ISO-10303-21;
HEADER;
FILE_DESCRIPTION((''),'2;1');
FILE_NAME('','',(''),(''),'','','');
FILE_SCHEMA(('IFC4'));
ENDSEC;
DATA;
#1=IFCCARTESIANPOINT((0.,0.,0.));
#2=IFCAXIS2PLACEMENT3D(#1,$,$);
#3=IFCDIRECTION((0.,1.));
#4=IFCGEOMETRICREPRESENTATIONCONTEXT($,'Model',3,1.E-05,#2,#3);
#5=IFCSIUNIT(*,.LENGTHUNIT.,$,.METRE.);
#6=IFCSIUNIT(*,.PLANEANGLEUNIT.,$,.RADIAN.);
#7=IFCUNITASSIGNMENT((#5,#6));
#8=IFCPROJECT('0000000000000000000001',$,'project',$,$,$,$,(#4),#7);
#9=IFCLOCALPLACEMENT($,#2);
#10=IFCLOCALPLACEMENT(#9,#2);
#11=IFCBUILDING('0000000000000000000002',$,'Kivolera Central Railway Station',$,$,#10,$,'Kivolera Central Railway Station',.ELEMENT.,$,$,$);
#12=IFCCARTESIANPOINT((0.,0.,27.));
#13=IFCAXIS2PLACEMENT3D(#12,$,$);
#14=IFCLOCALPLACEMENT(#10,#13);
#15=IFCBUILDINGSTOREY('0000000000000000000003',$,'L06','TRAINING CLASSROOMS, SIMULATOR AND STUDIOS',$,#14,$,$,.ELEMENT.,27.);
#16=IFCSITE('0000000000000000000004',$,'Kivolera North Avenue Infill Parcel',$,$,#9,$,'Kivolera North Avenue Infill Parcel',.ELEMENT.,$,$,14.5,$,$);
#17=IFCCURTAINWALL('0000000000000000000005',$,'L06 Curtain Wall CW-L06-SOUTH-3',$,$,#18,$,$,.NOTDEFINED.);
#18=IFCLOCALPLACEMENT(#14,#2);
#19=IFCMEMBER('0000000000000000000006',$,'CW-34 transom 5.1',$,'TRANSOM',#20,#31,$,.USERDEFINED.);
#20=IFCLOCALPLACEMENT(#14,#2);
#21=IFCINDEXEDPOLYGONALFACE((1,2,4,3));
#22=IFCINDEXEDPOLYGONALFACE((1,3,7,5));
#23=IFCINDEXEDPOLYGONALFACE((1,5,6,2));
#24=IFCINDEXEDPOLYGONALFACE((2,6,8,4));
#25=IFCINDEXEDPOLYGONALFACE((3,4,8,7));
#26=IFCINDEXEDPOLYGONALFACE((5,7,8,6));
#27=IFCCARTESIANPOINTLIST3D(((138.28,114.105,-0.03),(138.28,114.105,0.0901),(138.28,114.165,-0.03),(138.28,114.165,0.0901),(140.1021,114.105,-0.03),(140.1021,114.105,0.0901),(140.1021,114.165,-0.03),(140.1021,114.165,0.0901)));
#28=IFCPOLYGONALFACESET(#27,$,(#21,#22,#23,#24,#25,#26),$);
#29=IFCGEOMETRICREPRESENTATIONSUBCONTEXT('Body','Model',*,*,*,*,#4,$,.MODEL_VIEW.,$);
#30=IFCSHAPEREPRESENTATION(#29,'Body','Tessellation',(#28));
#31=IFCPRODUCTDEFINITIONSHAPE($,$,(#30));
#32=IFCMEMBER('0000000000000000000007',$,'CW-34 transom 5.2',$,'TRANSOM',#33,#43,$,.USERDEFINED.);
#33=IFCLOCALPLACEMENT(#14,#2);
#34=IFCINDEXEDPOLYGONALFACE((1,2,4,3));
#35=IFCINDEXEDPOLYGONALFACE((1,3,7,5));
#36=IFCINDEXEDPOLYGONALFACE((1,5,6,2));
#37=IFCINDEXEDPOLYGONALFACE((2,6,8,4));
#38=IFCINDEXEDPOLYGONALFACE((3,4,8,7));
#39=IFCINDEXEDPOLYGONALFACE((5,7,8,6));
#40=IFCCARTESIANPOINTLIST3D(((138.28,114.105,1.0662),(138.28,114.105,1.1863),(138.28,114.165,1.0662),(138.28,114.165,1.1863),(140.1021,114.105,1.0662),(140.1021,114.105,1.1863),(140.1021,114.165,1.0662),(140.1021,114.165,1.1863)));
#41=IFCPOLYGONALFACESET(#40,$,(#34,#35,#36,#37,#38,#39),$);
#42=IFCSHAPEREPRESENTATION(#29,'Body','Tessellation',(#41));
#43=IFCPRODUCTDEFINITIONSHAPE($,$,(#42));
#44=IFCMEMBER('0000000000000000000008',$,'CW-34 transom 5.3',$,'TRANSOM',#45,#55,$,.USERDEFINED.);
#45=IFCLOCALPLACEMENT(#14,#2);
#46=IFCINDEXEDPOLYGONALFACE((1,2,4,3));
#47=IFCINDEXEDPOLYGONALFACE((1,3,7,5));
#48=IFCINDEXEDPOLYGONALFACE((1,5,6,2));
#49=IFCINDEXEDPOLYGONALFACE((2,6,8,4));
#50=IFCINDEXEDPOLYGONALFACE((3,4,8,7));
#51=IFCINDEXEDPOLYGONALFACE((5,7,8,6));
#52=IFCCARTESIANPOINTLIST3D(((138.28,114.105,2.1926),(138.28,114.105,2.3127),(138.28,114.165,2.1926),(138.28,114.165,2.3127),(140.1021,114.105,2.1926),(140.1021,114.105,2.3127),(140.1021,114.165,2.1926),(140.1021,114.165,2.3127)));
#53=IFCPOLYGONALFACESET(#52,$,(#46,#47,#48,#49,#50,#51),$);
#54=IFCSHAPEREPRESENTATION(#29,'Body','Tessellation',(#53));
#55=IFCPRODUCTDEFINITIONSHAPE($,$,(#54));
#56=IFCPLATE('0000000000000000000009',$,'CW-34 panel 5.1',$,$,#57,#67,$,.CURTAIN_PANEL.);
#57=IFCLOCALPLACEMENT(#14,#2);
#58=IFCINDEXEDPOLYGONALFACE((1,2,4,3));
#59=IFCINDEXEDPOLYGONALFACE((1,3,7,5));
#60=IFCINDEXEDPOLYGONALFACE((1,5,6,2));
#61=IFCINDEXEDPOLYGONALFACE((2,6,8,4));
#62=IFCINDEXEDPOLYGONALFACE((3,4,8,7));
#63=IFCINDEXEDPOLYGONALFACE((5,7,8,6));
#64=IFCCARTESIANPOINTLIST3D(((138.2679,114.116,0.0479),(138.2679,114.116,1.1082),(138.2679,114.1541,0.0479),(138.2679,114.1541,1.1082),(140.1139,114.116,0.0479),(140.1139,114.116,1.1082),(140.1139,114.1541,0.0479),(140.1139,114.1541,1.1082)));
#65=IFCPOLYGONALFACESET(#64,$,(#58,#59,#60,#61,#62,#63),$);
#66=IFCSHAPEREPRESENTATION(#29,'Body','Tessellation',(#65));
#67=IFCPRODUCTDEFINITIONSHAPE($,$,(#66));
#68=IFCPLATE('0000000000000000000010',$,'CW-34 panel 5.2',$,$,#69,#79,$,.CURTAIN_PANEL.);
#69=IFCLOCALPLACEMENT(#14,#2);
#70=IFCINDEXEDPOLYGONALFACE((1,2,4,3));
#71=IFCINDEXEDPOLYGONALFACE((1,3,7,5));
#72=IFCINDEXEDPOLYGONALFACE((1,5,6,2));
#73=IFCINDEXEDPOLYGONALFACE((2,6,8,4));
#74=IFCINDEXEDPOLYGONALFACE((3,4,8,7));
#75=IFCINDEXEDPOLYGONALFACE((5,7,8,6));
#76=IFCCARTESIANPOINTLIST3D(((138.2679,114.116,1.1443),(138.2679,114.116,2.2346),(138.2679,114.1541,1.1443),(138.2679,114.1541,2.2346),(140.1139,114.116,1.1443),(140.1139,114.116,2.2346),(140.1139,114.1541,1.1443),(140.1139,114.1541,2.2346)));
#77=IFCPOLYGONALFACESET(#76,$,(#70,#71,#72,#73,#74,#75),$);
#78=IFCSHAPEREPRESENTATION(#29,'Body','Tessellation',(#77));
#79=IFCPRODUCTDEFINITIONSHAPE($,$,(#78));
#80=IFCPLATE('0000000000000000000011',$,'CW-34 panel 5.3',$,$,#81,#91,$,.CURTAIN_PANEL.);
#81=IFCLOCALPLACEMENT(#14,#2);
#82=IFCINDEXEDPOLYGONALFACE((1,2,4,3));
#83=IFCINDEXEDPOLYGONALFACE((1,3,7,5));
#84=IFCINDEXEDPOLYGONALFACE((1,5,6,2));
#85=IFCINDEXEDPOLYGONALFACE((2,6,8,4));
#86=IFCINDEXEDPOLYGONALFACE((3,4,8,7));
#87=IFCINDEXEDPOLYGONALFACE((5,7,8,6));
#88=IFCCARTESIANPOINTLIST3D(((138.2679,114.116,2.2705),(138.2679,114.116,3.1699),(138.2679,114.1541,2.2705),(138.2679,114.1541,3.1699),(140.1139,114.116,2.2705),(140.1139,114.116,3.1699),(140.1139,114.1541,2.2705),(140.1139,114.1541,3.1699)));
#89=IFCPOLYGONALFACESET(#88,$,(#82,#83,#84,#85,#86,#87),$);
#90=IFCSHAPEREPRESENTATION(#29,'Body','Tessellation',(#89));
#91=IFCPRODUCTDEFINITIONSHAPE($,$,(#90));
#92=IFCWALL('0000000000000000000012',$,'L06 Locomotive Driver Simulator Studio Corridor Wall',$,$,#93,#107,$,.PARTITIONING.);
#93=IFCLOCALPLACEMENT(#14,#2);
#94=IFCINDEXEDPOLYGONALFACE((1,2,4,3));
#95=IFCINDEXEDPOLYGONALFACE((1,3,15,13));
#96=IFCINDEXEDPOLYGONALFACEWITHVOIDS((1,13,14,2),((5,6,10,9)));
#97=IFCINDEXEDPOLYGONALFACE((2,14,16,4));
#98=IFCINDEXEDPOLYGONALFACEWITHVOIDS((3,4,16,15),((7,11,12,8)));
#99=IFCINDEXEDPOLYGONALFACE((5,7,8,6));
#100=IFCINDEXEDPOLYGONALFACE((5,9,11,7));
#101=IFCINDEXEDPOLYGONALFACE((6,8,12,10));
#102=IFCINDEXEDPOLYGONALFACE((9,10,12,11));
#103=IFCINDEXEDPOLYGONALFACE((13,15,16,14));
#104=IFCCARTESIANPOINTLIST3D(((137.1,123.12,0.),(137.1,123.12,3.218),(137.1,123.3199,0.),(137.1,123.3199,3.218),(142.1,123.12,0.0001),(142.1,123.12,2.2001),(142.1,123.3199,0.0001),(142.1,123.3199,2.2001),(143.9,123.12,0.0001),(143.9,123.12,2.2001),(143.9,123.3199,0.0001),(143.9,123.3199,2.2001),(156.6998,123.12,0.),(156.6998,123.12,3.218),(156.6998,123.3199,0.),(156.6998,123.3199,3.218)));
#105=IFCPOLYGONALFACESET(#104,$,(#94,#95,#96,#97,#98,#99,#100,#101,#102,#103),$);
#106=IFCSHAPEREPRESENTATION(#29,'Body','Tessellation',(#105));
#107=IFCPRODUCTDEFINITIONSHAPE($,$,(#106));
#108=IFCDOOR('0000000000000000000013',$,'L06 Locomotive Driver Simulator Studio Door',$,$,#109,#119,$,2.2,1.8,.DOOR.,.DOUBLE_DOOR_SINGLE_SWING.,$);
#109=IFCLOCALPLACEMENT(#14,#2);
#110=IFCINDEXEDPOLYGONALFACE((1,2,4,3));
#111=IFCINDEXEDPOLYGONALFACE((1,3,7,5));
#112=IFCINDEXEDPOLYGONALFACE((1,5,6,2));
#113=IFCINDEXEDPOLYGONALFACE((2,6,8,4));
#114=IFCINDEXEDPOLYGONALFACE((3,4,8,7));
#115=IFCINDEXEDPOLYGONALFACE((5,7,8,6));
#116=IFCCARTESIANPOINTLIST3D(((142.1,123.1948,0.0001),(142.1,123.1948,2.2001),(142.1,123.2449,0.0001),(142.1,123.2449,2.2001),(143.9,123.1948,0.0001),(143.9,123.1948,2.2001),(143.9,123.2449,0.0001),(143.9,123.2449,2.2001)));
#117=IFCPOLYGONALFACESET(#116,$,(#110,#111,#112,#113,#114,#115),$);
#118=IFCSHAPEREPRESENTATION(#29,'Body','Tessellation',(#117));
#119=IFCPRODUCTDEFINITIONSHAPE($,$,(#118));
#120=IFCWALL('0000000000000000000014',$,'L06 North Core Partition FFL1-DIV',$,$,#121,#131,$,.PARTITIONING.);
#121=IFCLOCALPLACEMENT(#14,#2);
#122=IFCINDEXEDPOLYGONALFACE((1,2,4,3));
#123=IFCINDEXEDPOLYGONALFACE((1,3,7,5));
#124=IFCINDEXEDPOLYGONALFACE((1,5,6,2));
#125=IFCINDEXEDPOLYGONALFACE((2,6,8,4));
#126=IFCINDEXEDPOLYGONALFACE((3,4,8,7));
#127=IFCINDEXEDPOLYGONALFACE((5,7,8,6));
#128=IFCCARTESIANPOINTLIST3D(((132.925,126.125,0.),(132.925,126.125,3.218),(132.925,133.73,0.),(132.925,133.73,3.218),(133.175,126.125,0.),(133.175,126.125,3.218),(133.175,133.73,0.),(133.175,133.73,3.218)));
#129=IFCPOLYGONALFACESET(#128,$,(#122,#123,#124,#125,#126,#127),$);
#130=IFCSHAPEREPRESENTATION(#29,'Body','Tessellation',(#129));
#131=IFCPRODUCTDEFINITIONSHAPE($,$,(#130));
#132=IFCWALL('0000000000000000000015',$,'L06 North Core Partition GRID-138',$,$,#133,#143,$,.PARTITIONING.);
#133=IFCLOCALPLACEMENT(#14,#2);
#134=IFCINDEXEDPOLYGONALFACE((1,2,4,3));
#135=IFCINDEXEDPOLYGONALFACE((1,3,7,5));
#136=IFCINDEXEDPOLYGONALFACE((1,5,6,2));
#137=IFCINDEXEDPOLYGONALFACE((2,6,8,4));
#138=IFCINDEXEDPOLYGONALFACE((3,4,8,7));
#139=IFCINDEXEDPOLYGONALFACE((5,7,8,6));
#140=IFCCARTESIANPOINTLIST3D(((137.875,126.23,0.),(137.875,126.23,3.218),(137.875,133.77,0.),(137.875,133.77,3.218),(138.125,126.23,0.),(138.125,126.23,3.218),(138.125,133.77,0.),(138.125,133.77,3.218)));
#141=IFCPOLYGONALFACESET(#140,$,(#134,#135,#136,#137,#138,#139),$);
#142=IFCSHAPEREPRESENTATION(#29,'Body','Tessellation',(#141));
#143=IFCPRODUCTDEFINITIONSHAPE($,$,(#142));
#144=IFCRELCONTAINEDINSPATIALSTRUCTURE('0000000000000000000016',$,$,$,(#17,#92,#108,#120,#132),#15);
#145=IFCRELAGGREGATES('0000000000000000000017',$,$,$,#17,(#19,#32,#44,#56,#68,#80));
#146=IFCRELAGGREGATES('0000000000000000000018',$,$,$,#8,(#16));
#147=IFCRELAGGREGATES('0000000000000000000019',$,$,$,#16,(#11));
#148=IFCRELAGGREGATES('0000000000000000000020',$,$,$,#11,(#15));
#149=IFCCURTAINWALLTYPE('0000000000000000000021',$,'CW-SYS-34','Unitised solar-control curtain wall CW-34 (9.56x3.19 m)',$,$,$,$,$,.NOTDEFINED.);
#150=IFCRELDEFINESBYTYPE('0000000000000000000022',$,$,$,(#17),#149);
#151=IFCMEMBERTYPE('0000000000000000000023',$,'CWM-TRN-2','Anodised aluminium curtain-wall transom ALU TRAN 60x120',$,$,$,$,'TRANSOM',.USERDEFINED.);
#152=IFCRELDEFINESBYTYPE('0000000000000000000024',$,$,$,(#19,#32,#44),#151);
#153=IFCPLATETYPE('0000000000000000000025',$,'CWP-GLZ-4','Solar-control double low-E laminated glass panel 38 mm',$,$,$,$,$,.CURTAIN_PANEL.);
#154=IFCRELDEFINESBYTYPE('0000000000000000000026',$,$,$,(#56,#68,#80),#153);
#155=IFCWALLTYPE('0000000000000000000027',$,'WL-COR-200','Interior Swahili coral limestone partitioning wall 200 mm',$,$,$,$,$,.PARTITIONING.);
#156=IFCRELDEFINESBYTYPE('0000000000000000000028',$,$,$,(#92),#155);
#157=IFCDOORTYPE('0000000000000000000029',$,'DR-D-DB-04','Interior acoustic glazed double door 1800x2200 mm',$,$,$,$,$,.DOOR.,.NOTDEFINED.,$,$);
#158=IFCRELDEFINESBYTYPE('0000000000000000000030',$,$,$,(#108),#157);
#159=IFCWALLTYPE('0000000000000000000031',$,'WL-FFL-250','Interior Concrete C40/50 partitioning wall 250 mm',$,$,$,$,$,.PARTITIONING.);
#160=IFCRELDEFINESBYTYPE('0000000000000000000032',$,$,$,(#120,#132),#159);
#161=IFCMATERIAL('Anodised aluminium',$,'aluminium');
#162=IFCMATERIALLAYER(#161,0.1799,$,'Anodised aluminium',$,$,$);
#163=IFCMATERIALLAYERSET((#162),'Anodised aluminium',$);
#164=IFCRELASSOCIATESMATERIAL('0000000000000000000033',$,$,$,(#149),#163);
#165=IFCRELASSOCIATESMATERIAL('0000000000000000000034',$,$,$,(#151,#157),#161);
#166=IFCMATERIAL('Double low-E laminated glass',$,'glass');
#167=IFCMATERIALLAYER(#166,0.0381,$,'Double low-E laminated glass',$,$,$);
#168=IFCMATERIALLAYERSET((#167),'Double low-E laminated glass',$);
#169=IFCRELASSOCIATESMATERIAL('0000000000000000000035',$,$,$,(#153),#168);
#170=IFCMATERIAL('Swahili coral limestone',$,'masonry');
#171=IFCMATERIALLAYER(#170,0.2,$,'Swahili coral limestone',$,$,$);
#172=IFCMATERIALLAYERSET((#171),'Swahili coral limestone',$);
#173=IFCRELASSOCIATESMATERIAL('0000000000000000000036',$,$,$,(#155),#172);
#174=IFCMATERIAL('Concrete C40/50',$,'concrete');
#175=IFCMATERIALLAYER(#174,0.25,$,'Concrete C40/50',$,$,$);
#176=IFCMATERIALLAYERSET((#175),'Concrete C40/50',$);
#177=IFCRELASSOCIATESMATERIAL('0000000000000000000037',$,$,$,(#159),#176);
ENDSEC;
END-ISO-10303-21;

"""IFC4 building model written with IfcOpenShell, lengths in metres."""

from ifc_helpers import new_model, si_unit, direction, frame, frame_2d, origin, origin_2d, place, context, subcontext, project, spatial, rectangle, extrude, material, layer, layer_set, material_profile, profile_set, type_object, element, fill, aggregate, save


model = new_model("IFC4")

# Units and contexts
model_context = context("Model", 3, precision=1e-05, world=origin(), true_north=direction((0.0, 1.0)))
body_context = subcontext(model_context, "Body", "Model", "MODEL_VIEW")
ifc_project = project(units=[si_unit("LENGTHUNIT", "METRE"), si_unit("PLANEANGLEUNIT", "RADIAN")], contexts=[model_context])

# Site, building, storey
site_placement = place(None, origin())
site = spatial("IfcSite", under=ifc_project, at=site_placement, Name="Kivolera North Avenue Infill Parcel", LongName="Kivolera North Avenue Infill Parcel", CompositionType="ELEMENT", RefElevation=14.5)
building_placement = place(site_placement, origin())
building = spatial("IfcBuilding", under=site, at=building_placement, Name="Kivolera Central Railway Station", LongName="Kivolera Central Railway Station", CompositionType="ELEMENT")
storey_placement = place(building_placement, frame((0.0, 0.0, 27.0)))
storey = spatial("IfcBuildingStorey", under=building, at=storey_placement, Name="L06", Description="TRAINING CLASSROOMS, SIMULATOR AND STUDIOS", CompositionType="ELEMENT", Elevation=27.0)

# Shared definitions
ifc_material_1 = material(Name="Concrete C40/50", Category="concrete")

# Shared definitions
ifc_material_2 = material(Name="Anodised aluminium", Category="aluminium")
ifc_layer_1 = layer(ifc_material_2, 0.1799, Name="Anodised aluminium")
ifc_layer_set_1 = layer_set([ifc_layer_1], Name="Anodised aluminium")
curtain_wall_type = type_object("IfcCurtainWallType", Name="CW-SYS-34", Description="Unitised solar-control curtain wall CW-34 (9.56x3.19 m)", PredefinedType="NOTDEFINED", material=ifc_layer_set_1)

# Curtain wall, members, plates
curtain_wall_1_placement = place(storey_placement, origin())
curtain_wall_1 = element("IfcCurtainWall", 1, at=curtain_wall_1_placement, inside=storey, type_object=curtain_wall_type, Name="L06 Curtain Wall CW-L06-SOUTH-3", PredefinedType="NOTDEFINED")
ifc_material_profile_1 = material_profile(ifc_material_2, rectangle(XDim=0.0601, YDim=0.1201, at=origin_2d()), Name="ALU TRAN 60x120")
ifc_profile_set_1 = profile_set([ifc_material_profile_1], Name="Anodised aluminium")
member_type_1 = type_object("IfcMemberType", Name="CWM-TRN-2", Description="Anodised aluminium curtain-wall transom ALU TRAN 60x120", ElementType="TRANSOM", PredefinedType="USERDEFINED", material=ifc_profile_set_1)
member_1_placement = place(storey_placement, frame((140.1021, 114.135, 0.03), z_axis=(-1.0, 0.0, 0.0), x_axis=(0.0, -1.0, 0.0)))
member_1 = element("IfcMember", 2, at=member_1_placement, type_object=member_type_1, Name="CW-34 transom 5.1", ObjectType="TRANSOM", PredefinedType="USERDEFINED", context=body_context, shape_type="SweptSolid", body=[
    extrude(rectangle(XDim=0.0601, YDim=0.1201, at=origin_2d()), origin(), (0.0, 0.0, 1.0), 1.822),
])
member_2_placement = place(storey_placement, frame((140.1021, 114.135, 1.1262), z_axis=(-1.0, 0.0, 0.0), x_axis=(0.0, -1.0, 0.0)))
member_2 = element("IfcMember", 3, at=member_2_placement, type_object=member_type_1, Name="CW-34 transom 5.2", ObjectType="TRANSOM", PredefinedType="USERDEFINED", context=body_context, shape_type="SweptSolid", body=[
    extrude(rectangle(XDim=0.0601, YDim=0.1201, at=origin_2d()), origin(), (0.0, 0.0, 1.0), 1.822),
])
member_3_placement = place(storey_placement, frame((140.1021, 114.135, 2.2527), z_axis=(-1.0, 0.0, 0.0), x_axis=(0.0, -1.0, 0.0)))
member_3 = element("IfcMember", 4, at=member_3_placement, type_object=member_type_1, Name="CW-34 transom 5.3", ObjectType="TRANSOM", PredefinedType="USERDEFINED", context=body_context, shape_type="SweptSolid", body=[
    extrude(rectangle(XDim=0.0601, YDim=0.1201, at=origin_2d()), origin(), (0.0, 0.0, 1.0), 1.822),
])
ifc_material_3 = material(Name="Double low-E laminated glass", Category="glass")
ifc_layer_2 = layer(ifc_material_3, 0.0381, Name="Double low-E laminated glass")
ifc_layer_set_2 = layer_set([ifc_layer_2], Name="Double low-E laminated glass")
plate_type = type_object("IfcPlateType", Name="CWP-GLZ-4", Description="Solar-control double low-E laminated glass panel 38 mm", PredefinedType="CURTAIN_PANEL", material=ifc_layer_set_2)
plate_1_placement = place(storey_placement, frame((139.1909, 114.135, 0.0479), z_axis=(0.0, 0.0, 1.0), x_axis=(-1.0, 0.0, 0.0)))
plate_1 = element("IfcPlate", 5, at=plate_1_placement, type_object=plate_type, Name="CW-34 panel 5.1", PredefinedType="CURTAIN_PANEL", context=body_context, shape_type="SweptSolid", body=[
    extrude(rectangle(XDim=1.8459, YDim=0.0381, at=origin_2d()), origin(), (0.0, 0.0, 1.0), 1.0603),
])
plate_2_placement = place(storey_placement, frame((139.1909, 114.135, 1.1443), z_axis=(0.0, 0.0, 1.0), x_axis=(-1.0, 0.0, 0.0)))
plate_2 = element("IfcPlate", 6, at=plate_2_placement, type_object=plate_type, Name="CW-34 panel 5.2", PredefinedType="CURTAIN_PANEL", context=body_context, shape_type="SweptSolid", body=[
    extrude(rectangle(XDim=1.8459, YDim=0.0381, at=origin_2d()), origin(), (0.0, 0.0, 1.0), 1.0903),
])
plate_3_placement = place(storey_placement, frame((139.1909, 114.135, 2.2705), z_axis=(0.0, 0.0, 1.0), x_axis=(-1.0, 0.0, 0.0)))
plate_3 = element("IfcPlate", 7, at=plate_3_placement, type_object=plate_type, Name="CW-34 panel 5.3", PredefinedType="CURTAIN_PANEL", context=body_context, shape_type="SweptSolid", body=[
    extrude(rectangle(XDim=1.8459, YDim=0.0381, at=origin_2d()), origin(), (0.0, 0.0, 1.0), 0.8994),
])
aggregate(curtain_wall_1, [member_1, member_2, member_3, plate_1, plate_2, plate_3])

# Wall, opening, door
ifc_material_4 = material(Name="Swahili coral limestone", Category="masonry")
ifc_layer_3 = layer(ifc_material_4, 0.2, Name="Swahili coral limestone")
ifc_layer_set_3 = layer_set([ifc_layer_3], Name="Swahili coral limestone")
wall_type_1 = type_object("IfcWallType", Name="WL-COR-200", Description="Interior Swahili coral limestone partitioning wall 200 mm", PredefinedType="PARTITIONING", material=ifc_layer_set_3)
wall_1_placement = place(storey_placement, frame((137.1001, 123.22, 0.0), z_axis=(0.0, 0.0, 1.0), x_axis=(1.0, 0.0, 0.0)))
wall_1 = element("IfcWall", 8, at=wall_1_placement, inside=storey, type_object=wall_type_1, Name="L06 Locomotive Driver Simulator Studio Corridor Wall", PredefinedType="PARTITIONING", context=body_context, shape_type="SweptSolid", body=[
    extrude(rectangle(XDim=19.5999, YDim=0.2, at=frame_2d((9.7998, 0.0))), origin(), (0.0, 0.0, 1.0), 3.218),
])
opening_1_placement = place(wall_1_placement, frame((5.0, 0.0, 0.0)))
opening_1 = element("IfcOpeningElement", 9, at=opening_1_placement, cuts=wall_1, PredefinedType="OPENING", context=body_context, shape_type="SweptSolid", body=[
    extrude(rectangle(XDim=1.8, YDim=2.2, at=frame_2d((0.8999, 1.1001))), frame((0.0, 0.1099, 0.0), z_axis=(0.0, -1.0, 0.0), x_axis=(1.0, 0.0, 0.0)), (0.0, 0.0, 1.0), 0.22),
])
door_type_1 = type_object("IfcDoorType", Name="DR-D-DB-04", Description="Interior acoustic glazed double door 1800x2200 mm", OperationType="NOTDEFINED", PredefinedType="DOOR", material=ifc_material_2)
door_1_placement = place(opening_1_placement, origin())
door_1 = element("IfcDoor", 10, at=door_1_placement, inside=storey, type_object=door_type_1, Name="L06 Locomotive Driver Simulator Studio Door", OperationType="DOUBLE_DOOR_SINGLE_SWING", OverallHeight=2.2, OverallWidth=1.8, PredefinedType="DOOR", context=body_context, shape_type="SweptSolid", body=[
    extrude(rectangle(XDim=1.8, YDim=2.2, at=frame_2d((0.8999, 1.1001))), frame((0.0, 0.0249, 0.0), z_axis=(0.0, -1.0, 0.0), x_axis=(1.0, 0.0, 0.0)), (0.0, 0.0, 1.0), 0.05),
])
fill(opening_1, door_1)

# Shared definitions
ifc_layer_4 = layer(ifc_material_1, 0.25, Name="Concrete C40/50")
ifc_layer_set_4 = layer_set([ifc_layer_4], Name="Concrete C40/50")
wall_type_2 = type_object("IfcWallType", Name="WL-FFL-250", Description="Interior Concrete C40/50 partitioning wall 250 mm", PredefinedType="PARTITIONING", material=ifc_layer_set_4)

# Walls
wall_2_placement = place(storey_placement, frame((133.05, 126.125, 0.0), z_axis=(0.0, 0.0, 1.0), x_axis=(0.0, 1.0, 0.0)))
element("IfcWall", 11, at=wall_2_placement, inside=storey, type_object=wall_type_2, Name="L06 North Core Partition FFL1-DIV", PredefinedType="PARTITIONING", context=body_context, shape_type="SweptSolid", body=[
    extrude(rectangle(XDim=7.605, YDim=0.25, at=frame_2d((3.8025, 0.0))), origin(), (0.0, 0.0, 1.0), 3.218),
])
wall_3_placement = place(storey_placement, frame((138.0, 126.23, 0.0), z_axis=(0.0, 0.0, 1.0), x_axis=(0.0, 1.0, 0.0)))
element("IfcWall", 12, at=wall_3_placement, inside=storey, type_object=wall_type_2, Name="L06 North Core Partition GRID-138", PredefinedType="PARTITIONING", context=body_context, shape_type="SweptSolid", body=[
    extrude(rectangle(XDim=7.54, YDim=0.25, at=frame_2d((3.77, 0.0))), origin(), (0.0, 0.0, 1.0), 3.218),
])

save(model, "model.ifc")
